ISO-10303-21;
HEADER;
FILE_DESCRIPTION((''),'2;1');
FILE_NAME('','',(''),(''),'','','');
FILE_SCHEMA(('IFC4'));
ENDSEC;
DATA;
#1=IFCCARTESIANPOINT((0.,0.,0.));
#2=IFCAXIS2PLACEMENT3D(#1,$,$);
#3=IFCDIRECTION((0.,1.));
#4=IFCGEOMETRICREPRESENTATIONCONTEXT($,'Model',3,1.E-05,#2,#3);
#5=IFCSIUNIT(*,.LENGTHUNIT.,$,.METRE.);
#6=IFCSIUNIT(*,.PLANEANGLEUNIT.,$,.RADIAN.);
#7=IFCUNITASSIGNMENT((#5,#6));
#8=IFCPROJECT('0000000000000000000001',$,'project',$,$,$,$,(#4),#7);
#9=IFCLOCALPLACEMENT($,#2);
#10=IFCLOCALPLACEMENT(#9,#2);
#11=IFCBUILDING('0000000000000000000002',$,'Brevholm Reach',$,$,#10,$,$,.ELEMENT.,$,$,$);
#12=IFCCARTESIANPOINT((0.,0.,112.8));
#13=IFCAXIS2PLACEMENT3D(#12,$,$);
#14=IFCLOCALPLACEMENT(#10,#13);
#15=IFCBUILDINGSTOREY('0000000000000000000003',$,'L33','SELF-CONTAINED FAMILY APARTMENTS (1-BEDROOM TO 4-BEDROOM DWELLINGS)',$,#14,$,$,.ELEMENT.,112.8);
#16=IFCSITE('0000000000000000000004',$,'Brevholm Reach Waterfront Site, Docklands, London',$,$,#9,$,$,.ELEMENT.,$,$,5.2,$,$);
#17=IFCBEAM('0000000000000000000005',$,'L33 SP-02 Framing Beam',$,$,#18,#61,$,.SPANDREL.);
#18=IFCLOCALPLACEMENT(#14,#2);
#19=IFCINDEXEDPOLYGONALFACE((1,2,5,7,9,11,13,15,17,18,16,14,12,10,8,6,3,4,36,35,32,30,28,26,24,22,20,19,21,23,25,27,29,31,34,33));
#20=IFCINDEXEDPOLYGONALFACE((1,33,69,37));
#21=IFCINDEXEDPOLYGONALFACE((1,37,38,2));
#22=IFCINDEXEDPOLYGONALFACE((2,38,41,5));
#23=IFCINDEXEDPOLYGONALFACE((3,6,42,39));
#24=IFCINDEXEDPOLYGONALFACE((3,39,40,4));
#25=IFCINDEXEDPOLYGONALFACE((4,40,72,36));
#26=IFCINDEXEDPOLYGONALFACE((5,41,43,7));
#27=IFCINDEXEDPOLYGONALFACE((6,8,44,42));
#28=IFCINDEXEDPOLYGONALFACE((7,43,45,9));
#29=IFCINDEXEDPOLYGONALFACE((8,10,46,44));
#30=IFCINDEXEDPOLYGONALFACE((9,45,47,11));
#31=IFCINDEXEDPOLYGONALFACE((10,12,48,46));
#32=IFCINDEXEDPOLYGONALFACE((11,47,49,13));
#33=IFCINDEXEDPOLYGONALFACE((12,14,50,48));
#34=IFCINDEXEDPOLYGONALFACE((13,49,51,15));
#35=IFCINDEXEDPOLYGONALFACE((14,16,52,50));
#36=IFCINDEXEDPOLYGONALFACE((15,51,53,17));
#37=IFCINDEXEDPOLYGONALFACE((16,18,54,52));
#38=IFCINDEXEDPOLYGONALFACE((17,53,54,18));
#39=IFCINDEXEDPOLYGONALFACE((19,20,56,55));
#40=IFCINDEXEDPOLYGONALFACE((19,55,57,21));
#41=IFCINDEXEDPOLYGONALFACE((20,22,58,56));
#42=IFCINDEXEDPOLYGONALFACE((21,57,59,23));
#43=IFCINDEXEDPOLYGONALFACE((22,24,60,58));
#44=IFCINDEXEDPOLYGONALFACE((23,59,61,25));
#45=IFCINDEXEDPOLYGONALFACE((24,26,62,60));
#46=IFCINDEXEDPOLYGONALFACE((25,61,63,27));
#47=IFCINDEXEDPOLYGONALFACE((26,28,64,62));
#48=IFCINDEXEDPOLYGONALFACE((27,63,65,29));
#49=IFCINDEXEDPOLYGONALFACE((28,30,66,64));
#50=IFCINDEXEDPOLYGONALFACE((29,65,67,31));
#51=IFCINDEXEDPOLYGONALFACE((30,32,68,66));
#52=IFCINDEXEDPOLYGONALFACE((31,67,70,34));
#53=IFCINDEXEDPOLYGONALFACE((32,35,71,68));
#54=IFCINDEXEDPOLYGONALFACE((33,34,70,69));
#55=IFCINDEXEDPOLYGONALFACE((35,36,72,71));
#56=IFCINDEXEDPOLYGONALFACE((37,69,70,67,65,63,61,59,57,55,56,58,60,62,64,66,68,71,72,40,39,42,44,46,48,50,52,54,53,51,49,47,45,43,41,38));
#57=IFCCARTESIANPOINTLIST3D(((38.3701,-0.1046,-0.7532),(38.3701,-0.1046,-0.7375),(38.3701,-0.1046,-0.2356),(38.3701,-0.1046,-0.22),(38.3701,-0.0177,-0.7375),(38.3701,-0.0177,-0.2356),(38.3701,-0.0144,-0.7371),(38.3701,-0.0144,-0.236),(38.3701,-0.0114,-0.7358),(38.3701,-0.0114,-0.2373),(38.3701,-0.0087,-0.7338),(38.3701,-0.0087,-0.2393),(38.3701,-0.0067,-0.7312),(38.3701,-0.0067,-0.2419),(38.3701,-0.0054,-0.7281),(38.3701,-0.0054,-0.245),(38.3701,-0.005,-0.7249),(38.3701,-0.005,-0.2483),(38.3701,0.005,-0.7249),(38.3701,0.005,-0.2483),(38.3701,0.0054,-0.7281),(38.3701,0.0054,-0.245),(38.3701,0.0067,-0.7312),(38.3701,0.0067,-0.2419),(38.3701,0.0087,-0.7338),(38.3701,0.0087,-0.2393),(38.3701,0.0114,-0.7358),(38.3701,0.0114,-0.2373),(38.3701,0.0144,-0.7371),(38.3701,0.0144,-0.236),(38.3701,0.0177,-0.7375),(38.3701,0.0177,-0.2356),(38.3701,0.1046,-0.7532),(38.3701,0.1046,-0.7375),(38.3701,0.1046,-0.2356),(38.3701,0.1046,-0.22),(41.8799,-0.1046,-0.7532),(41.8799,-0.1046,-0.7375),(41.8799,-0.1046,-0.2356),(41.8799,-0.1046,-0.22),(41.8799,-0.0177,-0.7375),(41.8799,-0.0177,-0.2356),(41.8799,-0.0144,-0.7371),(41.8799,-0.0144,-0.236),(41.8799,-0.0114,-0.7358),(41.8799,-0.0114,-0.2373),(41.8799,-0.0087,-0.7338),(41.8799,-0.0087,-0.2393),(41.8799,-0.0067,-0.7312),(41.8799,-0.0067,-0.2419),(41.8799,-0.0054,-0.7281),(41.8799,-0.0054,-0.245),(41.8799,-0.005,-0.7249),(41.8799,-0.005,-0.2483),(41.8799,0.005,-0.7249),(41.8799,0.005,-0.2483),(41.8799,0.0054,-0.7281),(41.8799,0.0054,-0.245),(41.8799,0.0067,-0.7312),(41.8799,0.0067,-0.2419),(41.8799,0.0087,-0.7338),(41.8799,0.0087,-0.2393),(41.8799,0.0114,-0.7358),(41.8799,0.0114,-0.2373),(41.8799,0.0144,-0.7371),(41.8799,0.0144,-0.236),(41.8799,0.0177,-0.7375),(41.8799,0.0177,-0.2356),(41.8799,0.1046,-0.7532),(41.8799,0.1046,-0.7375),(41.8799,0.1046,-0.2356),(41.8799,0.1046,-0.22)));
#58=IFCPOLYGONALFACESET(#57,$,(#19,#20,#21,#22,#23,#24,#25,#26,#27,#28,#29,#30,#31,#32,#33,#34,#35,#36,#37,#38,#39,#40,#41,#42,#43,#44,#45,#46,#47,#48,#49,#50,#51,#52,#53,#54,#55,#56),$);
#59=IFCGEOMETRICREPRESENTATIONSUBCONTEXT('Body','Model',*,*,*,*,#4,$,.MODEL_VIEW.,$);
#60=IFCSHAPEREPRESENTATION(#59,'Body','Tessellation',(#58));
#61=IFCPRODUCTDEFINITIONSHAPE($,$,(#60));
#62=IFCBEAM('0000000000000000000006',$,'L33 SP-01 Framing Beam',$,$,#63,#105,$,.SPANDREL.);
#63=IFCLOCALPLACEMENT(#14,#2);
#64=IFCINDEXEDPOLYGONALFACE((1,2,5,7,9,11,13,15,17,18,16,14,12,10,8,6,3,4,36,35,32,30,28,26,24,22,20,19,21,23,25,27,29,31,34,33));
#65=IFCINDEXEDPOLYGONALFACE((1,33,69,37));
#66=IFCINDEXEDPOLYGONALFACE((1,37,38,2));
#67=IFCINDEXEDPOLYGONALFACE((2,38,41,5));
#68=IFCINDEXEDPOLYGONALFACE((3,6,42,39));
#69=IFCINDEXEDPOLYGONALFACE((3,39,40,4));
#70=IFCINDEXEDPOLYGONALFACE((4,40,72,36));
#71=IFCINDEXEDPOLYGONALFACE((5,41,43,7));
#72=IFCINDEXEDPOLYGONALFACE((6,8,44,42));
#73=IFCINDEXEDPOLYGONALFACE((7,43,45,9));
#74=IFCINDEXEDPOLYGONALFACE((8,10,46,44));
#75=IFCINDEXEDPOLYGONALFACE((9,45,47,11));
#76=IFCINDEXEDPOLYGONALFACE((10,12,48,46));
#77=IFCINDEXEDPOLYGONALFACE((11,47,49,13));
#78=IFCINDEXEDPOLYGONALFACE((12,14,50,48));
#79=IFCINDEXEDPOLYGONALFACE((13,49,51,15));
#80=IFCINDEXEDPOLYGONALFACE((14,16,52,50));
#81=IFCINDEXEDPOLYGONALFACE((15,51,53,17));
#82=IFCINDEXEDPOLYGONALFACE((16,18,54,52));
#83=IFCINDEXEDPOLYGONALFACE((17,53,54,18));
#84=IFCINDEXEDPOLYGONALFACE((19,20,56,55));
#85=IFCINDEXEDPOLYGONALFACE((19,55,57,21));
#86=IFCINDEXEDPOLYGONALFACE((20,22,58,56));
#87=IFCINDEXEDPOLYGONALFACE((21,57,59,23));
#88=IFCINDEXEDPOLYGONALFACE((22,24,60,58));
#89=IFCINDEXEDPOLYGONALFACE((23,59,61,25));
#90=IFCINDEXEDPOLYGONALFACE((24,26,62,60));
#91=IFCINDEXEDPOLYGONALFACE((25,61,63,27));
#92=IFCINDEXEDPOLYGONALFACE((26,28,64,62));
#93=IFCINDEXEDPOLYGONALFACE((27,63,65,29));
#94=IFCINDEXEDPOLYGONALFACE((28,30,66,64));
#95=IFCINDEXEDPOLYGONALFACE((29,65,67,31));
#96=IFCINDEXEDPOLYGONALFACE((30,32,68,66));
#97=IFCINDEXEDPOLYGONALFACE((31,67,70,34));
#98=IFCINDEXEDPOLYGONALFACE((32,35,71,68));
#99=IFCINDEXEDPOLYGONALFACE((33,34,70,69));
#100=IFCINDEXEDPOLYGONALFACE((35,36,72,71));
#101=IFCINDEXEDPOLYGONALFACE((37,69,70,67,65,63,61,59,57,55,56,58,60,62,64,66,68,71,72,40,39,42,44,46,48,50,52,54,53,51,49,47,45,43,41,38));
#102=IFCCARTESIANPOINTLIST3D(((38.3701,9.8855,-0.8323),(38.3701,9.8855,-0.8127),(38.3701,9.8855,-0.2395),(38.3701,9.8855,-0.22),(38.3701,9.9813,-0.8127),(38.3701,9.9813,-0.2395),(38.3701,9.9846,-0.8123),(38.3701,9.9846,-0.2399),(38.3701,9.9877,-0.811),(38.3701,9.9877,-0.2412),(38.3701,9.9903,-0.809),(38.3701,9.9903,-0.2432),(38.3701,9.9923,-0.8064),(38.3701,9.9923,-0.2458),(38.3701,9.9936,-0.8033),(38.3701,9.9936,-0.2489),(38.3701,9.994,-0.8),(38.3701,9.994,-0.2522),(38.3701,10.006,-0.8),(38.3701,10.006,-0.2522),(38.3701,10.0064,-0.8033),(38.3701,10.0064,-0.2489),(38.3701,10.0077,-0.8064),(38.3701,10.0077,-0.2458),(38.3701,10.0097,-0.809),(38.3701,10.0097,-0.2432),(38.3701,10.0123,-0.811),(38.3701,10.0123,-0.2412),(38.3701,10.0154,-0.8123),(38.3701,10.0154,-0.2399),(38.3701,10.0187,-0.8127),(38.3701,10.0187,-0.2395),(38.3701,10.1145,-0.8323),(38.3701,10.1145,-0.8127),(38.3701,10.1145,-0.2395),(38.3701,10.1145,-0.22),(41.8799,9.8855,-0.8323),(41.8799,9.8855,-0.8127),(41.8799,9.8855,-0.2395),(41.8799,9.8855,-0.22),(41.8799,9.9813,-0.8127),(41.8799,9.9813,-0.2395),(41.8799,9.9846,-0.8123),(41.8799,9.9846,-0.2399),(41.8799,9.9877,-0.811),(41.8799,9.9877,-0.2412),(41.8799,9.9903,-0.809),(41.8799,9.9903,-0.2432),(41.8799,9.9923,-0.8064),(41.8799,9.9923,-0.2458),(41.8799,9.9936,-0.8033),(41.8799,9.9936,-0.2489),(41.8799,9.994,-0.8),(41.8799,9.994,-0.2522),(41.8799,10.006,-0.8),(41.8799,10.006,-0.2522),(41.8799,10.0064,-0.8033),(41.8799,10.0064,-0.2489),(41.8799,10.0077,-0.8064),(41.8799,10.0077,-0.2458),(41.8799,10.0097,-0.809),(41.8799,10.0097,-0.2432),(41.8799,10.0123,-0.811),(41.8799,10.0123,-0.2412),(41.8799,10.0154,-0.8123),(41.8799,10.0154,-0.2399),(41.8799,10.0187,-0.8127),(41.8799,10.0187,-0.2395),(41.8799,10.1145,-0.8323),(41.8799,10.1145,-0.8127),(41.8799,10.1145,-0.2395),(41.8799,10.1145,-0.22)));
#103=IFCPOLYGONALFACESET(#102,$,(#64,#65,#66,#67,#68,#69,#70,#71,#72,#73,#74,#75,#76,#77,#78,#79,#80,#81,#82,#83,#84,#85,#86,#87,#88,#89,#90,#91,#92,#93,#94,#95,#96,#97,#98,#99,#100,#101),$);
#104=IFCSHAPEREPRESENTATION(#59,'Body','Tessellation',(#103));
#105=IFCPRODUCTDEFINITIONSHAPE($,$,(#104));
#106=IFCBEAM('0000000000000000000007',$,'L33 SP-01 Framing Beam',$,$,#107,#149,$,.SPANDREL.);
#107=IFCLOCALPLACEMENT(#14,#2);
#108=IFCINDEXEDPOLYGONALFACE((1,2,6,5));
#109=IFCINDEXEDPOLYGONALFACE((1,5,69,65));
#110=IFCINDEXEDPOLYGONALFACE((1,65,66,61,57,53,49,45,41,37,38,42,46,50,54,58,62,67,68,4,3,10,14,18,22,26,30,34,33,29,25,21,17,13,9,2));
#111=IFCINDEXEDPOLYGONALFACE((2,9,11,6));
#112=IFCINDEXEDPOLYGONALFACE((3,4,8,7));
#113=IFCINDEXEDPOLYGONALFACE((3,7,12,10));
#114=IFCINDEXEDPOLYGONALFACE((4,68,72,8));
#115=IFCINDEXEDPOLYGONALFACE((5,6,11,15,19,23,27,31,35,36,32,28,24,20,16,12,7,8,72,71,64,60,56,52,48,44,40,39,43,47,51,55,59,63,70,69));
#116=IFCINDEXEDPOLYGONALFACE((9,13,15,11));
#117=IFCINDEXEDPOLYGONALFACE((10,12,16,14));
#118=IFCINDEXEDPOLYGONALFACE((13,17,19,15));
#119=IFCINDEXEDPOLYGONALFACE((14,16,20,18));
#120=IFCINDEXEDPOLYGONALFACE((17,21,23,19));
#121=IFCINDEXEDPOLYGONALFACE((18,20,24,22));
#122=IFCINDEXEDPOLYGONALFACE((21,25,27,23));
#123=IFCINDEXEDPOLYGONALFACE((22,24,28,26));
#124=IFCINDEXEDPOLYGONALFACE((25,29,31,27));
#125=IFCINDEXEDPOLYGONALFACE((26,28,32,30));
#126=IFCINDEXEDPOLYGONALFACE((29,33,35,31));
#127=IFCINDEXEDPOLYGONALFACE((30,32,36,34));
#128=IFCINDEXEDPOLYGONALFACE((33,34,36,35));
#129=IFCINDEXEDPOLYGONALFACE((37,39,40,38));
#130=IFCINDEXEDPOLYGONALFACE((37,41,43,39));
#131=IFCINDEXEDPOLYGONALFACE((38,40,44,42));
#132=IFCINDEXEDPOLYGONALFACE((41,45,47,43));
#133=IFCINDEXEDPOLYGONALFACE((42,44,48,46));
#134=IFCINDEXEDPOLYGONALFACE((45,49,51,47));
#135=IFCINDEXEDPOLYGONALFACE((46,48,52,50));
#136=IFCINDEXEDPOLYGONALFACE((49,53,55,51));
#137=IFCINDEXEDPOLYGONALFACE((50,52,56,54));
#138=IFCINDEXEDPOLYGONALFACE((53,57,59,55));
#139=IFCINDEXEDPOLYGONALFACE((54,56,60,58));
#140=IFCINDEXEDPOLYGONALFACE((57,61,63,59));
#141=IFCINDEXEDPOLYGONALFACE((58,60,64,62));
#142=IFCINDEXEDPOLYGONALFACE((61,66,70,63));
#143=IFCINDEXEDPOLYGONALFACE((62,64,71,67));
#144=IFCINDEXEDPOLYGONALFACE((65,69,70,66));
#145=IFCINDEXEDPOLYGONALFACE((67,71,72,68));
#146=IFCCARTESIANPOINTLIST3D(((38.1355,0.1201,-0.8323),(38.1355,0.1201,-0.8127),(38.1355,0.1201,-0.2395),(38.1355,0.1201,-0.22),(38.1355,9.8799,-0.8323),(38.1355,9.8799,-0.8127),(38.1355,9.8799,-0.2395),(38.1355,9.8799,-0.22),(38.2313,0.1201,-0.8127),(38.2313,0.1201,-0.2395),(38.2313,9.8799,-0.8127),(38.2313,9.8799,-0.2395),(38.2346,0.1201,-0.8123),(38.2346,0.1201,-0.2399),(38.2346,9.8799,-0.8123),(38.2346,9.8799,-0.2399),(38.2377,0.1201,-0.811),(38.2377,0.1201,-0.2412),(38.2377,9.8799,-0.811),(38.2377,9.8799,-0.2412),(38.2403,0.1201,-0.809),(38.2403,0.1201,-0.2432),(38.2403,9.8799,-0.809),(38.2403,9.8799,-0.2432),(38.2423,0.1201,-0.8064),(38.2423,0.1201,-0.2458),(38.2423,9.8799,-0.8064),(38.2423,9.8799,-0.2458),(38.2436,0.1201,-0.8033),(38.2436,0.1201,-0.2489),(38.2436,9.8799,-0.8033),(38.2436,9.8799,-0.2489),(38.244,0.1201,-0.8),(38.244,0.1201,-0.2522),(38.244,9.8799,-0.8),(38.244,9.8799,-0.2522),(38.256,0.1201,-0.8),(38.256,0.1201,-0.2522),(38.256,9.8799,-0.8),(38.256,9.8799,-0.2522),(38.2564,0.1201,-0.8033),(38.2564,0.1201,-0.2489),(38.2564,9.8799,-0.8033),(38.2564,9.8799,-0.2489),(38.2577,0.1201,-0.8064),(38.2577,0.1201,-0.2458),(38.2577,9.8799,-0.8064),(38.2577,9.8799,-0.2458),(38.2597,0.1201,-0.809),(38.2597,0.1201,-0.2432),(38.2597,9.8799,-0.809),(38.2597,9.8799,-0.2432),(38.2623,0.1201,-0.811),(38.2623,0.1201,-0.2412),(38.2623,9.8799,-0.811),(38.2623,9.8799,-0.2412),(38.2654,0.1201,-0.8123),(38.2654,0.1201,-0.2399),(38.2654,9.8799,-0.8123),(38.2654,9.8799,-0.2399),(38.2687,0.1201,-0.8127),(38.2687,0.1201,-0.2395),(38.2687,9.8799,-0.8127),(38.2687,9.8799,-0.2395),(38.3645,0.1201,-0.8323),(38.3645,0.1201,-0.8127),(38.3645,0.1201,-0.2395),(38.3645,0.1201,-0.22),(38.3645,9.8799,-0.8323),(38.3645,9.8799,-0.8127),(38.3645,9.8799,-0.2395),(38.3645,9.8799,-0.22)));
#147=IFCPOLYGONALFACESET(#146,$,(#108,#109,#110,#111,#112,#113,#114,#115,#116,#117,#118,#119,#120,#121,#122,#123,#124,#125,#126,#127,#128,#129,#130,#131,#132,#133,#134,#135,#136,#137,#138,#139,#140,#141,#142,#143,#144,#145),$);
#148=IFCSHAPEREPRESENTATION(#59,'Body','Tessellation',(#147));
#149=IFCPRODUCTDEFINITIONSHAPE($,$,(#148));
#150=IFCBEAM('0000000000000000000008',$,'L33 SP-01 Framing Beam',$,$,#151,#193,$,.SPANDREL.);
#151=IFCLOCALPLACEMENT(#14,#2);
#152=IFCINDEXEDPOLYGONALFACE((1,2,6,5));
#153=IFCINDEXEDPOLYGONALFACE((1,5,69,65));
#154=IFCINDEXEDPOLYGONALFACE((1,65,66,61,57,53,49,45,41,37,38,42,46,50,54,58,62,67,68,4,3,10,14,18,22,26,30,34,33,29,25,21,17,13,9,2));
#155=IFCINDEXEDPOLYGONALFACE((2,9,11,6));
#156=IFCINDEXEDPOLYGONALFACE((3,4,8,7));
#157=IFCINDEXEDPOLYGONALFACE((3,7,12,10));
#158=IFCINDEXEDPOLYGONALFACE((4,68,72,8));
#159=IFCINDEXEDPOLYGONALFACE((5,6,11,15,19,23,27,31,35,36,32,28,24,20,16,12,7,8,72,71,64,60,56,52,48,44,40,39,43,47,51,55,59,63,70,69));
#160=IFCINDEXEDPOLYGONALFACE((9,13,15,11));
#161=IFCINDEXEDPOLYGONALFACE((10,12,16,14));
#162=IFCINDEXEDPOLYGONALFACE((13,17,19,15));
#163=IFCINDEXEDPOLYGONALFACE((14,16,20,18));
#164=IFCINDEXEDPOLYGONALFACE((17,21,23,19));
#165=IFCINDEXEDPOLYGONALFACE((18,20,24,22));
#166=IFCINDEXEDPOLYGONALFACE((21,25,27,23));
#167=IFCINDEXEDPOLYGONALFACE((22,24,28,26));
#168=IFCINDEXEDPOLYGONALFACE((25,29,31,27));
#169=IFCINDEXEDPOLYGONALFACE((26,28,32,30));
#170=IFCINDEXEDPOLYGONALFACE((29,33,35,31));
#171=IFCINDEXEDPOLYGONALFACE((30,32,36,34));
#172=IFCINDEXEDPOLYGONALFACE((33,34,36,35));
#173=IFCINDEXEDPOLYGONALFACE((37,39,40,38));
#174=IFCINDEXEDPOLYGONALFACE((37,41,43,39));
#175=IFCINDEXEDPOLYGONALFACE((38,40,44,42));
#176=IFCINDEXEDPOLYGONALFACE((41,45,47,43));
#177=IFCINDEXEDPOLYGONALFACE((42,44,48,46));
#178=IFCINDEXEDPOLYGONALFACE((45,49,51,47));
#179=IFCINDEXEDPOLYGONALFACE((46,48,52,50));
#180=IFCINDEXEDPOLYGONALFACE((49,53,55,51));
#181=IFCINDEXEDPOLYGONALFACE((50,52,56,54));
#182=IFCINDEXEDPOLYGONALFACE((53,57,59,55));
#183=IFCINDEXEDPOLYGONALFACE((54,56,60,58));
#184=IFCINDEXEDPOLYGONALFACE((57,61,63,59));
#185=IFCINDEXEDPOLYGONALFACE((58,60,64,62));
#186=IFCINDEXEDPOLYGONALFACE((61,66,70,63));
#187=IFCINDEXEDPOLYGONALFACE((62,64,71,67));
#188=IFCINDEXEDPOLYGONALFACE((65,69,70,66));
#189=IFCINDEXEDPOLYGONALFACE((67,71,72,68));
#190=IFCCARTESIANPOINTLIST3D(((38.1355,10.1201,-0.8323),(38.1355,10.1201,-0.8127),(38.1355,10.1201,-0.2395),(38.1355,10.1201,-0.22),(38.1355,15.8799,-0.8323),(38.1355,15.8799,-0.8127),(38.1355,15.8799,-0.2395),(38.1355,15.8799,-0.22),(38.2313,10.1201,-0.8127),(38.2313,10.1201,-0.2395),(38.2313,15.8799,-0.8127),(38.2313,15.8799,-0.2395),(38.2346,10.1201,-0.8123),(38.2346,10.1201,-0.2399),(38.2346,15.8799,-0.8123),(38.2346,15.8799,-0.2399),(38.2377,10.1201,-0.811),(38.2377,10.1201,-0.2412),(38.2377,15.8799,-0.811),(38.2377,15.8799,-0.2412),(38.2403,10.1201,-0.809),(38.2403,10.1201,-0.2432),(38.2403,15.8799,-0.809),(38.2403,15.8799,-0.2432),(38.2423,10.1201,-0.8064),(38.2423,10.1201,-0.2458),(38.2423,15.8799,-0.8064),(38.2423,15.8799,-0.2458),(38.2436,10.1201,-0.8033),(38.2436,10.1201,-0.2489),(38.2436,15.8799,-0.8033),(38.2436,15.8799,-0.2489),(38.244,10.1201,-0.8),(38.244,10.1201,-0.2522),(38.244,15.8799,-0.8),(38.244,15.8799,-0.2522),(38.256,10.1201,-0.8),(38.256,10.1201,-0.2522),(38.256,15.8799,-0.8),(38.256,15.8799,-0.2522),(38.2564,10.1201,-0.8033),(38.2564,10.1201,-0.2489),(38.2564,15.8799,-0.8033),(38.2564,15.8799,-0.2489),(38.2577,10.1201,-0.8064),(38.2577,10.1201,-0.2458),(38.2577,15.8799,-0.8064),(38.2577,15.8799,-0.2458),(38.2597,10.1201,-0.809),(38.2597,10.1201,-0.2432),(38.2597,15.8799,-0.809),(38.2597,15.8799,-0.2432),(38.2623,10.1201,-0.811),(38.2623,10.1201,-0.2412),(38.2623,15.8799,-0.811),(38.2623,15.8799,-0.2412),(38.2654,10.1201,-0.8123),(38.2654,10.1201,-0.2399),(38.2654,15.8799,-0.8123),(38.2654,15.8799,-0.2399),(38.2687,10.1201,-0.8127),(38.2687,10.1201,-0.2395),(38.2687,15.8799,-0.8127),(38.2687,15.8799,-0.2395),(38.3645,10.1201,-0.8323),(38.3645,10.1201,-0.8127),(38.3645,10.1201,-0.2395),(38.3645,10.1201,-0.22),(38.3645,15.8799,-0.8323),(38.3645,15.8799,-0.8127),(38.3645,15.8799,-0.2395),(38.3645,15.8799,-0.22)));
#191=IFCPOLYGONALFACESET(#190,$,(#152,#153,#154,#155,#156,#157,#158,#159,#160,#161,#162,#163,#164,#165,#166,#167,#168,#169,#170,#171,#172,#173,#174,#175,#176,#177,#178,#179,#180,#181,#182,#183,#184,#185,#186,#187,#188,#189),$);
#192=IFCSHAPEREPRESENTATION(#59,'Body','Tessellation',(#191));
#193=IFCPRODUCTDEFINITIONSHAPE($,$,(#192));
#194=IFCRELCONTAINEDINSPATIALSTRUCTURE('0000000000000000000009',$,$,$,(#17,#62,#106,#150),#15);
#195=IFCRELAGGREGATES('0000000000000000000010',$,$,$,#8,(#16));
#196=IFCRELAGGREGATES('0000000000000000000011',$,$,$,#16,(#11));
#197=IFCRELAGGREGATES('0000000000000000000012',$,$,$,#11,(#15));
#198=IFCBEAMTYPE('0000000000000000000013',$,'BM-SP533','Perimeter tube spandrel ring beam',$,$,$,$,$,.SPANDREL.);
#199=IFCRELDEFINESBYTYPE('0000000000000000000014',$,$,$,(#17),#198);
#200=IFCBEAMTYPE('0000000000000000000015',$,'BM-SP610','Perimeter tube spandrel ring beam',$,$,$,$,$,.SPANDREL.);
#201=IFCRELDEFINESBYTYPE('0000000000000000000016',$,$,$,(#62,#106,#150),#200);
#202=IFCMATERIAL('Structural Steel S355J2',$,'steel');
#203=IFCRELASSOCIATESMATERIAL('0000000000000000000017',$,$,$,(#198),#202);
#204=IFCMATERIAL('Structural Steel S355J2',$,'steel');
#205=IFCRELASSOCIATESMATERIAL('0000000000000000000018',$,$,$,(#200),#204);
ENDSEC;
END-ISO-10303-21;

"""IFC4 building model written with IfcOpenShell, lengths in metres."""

from ifc_helpers import new_model, si_unit, direction, frame, origin, origin_2d, place, context, subcontext, project, spatial, i_section, extrude, material, material_profile, profile_set, type_object, element, save


model = new_model("IFC4")

# Units and contexts
model_context = context("Model", 3, precision=1e-05, world=origin(), true_north=direction((0.0, 1.0)))
body_context = subcontext(model_context, "Body", "Model", "MODEL_VIEW")
ifc_project = project(units=[si_unit("LENGTHUNIT", "METRE"), si_unit("PLANEANGLEUNIT", "RADIAN")], contexts=[model_context])

# Site, building, storey
site_placement = place(None, origin())
site = spatial("IfcSite", under=ifc_project, at=site_placement, Name="Brevholm Reach Waterfront Site, Docklands, London", CompositionType="ELEMENT", RefElevation=5.2)
building_placement = place(site_placement, origin())
building = spatial("IfcBuilding", under=site, at=building_placement, Name="Brevholm Reach", CompositionType="ELEMENT")
storey_placement = place(building_placement, frame((0.0, 0.0, 112.8)))
storey = spatial("IfcBuildingStorey", under=building, at=storey_placement, Name="L33", Description="SELF-CONTAINED FAMILY APARTMENTS (1-BEDROOM TO 4-BEDROOM DWELLINGS)", CompositionType="ELEMENT", Elevation=112.8)

# Beams
ifc_material_1 = material(Name="Structural Steel S355J2", Category="steel")
ifc_material_profile_1 = material_profile(ifc_material_1, i_section(OverallWidth=0.2092, OverallDepth=0.5332, WebThickness=0.01, FlangeThickness=0.0156, FilletRadius=0.0127, at=origin_2d()), Name="UKB 533x210x92")
ifc_profile_set_1 = profile_set([ifc_material_profile_1], Name="Structural Steel S355J2")
beam_type_1 = type_object("IfcBeamType", Name="BM-SP533", Description="Perimeter tube spandrel ring beam", PredefinedType="SPANDREL", material=ifc_profile_set_1)
beam_1_placement = place(storey_placement, frame((38.3701, 0.0, -0.4866), z_axis=(1.0, 0.0, 0.0), x_axis=(0.0, 1.0, 0.0)))
element("IfcBeam", 1, at=beam_1_placement, inside=storey, type_object=beam_type_1, Name="L33 SP-02 Framing Beam", PredefinedType="SPANDREL", context=body_context, shape_type="SweptSolid", body=[
    extrude(i_section(OverallWidth=0.2092, OverallDepth=0.5332, WebThickness=0.01, FlangeThickness=0.0156, FilletRadius=0.0127, at=origin_2d()), origin(), (0.0, 0.0, 1.0), 3.5098),
])
ifc_material_2 = material(Name="Structural Steel S355J2", Category="steel")
ifc_material_profile_2 = material_profile(ifc_material_2, i_section(OverallWidth=0.229, OverallDepth=0.6123, WebThickness=0.012, FlangeThickness=0.0195, FilletRadius=0.0127, at=origin_2d()), Name="UKB 610x229x125")
ifc_profile_set_2 = profile_set([ifc_material_profile_2], Name="Structural Steel S355J2")
beam_type_2 = type_object("IfcBeamType", Name="BM-SP610", Description="Perimeter tube spandrel ring beam", PredefinedType="SPANDREL", material=ifc_profile_set_2)
beam_2_placement = place(storey_placement, frame((38.3701, 10.0, -0.5261), z_axis=(1.0, 0.0, 0.0), x_axis=(0.0, 1.0, 0.0)))
element("IfcBeam", 2, at=beam_2_placement, inside=storey, type_object=beam_type_2, Name="L33 SP-01 Framing Beam", PredefinedType="SPANDREL", context=body_context, shape_type="SweptSolid", body=[
    extrude(i_section(OverallWidth=0.229, OverallDepth=0.6123, WebThickness=0.012, FlangeThickness=0.0195, FilletRadius=0.0127, at=origin_2d()), origin(), (0.0, 0.0, 1.0), 3.5098),
])
beam_3_placement = place(storey_placement, frame((38.25, 0.1201, -0.5261), z_axis=(0.0, 1.0, 0.0), x_axis=(-1.0, 0.0, 0.0)))
element("IfcBeam", 3, at=beam_3_placement, inside=storey, type_object=beam_type_2, Name="L33 SP-01 Framing Beam", PredefinedType="SPANDREL", context=body_context, shape_type="SweptSolid", body=[
    extrude(i_section(OverallWidth=0.229, OverallDepth=0.6123, WebThickness=0.012, FlangeThickness=0.0195, FilletRadius=0.0127, at=origin_2d()), origin(), (0.0, 0.0, 1.0), 9.7598),
])
beam_4_placement = place(storey_placement, frame((38.25, 10.1201, -0.5261), z_axis=(0.0, 1.0, 0.0), x_axis=(-1.0, 0.0, 0.0)))
element("IfcBeam", 4, at=beam_4_placement, inside=storey, type_object=beam_type_2, Name="L33 SP-01 Framing Beam", PredefinedType="SPANDREL", context=body_context, shape_type="SweptSolid", body=[
    extrude(i_section(OverallWidth=0.229, OverallDepth=0.6123, WebThickness=0.012, FlangeThickness=0.0195, FilletRadius=0.0127, at=origin_2d()), origin(), (0.0, 0.0, 1.0), 5.7598),
])

save(model, "model.ifc")
